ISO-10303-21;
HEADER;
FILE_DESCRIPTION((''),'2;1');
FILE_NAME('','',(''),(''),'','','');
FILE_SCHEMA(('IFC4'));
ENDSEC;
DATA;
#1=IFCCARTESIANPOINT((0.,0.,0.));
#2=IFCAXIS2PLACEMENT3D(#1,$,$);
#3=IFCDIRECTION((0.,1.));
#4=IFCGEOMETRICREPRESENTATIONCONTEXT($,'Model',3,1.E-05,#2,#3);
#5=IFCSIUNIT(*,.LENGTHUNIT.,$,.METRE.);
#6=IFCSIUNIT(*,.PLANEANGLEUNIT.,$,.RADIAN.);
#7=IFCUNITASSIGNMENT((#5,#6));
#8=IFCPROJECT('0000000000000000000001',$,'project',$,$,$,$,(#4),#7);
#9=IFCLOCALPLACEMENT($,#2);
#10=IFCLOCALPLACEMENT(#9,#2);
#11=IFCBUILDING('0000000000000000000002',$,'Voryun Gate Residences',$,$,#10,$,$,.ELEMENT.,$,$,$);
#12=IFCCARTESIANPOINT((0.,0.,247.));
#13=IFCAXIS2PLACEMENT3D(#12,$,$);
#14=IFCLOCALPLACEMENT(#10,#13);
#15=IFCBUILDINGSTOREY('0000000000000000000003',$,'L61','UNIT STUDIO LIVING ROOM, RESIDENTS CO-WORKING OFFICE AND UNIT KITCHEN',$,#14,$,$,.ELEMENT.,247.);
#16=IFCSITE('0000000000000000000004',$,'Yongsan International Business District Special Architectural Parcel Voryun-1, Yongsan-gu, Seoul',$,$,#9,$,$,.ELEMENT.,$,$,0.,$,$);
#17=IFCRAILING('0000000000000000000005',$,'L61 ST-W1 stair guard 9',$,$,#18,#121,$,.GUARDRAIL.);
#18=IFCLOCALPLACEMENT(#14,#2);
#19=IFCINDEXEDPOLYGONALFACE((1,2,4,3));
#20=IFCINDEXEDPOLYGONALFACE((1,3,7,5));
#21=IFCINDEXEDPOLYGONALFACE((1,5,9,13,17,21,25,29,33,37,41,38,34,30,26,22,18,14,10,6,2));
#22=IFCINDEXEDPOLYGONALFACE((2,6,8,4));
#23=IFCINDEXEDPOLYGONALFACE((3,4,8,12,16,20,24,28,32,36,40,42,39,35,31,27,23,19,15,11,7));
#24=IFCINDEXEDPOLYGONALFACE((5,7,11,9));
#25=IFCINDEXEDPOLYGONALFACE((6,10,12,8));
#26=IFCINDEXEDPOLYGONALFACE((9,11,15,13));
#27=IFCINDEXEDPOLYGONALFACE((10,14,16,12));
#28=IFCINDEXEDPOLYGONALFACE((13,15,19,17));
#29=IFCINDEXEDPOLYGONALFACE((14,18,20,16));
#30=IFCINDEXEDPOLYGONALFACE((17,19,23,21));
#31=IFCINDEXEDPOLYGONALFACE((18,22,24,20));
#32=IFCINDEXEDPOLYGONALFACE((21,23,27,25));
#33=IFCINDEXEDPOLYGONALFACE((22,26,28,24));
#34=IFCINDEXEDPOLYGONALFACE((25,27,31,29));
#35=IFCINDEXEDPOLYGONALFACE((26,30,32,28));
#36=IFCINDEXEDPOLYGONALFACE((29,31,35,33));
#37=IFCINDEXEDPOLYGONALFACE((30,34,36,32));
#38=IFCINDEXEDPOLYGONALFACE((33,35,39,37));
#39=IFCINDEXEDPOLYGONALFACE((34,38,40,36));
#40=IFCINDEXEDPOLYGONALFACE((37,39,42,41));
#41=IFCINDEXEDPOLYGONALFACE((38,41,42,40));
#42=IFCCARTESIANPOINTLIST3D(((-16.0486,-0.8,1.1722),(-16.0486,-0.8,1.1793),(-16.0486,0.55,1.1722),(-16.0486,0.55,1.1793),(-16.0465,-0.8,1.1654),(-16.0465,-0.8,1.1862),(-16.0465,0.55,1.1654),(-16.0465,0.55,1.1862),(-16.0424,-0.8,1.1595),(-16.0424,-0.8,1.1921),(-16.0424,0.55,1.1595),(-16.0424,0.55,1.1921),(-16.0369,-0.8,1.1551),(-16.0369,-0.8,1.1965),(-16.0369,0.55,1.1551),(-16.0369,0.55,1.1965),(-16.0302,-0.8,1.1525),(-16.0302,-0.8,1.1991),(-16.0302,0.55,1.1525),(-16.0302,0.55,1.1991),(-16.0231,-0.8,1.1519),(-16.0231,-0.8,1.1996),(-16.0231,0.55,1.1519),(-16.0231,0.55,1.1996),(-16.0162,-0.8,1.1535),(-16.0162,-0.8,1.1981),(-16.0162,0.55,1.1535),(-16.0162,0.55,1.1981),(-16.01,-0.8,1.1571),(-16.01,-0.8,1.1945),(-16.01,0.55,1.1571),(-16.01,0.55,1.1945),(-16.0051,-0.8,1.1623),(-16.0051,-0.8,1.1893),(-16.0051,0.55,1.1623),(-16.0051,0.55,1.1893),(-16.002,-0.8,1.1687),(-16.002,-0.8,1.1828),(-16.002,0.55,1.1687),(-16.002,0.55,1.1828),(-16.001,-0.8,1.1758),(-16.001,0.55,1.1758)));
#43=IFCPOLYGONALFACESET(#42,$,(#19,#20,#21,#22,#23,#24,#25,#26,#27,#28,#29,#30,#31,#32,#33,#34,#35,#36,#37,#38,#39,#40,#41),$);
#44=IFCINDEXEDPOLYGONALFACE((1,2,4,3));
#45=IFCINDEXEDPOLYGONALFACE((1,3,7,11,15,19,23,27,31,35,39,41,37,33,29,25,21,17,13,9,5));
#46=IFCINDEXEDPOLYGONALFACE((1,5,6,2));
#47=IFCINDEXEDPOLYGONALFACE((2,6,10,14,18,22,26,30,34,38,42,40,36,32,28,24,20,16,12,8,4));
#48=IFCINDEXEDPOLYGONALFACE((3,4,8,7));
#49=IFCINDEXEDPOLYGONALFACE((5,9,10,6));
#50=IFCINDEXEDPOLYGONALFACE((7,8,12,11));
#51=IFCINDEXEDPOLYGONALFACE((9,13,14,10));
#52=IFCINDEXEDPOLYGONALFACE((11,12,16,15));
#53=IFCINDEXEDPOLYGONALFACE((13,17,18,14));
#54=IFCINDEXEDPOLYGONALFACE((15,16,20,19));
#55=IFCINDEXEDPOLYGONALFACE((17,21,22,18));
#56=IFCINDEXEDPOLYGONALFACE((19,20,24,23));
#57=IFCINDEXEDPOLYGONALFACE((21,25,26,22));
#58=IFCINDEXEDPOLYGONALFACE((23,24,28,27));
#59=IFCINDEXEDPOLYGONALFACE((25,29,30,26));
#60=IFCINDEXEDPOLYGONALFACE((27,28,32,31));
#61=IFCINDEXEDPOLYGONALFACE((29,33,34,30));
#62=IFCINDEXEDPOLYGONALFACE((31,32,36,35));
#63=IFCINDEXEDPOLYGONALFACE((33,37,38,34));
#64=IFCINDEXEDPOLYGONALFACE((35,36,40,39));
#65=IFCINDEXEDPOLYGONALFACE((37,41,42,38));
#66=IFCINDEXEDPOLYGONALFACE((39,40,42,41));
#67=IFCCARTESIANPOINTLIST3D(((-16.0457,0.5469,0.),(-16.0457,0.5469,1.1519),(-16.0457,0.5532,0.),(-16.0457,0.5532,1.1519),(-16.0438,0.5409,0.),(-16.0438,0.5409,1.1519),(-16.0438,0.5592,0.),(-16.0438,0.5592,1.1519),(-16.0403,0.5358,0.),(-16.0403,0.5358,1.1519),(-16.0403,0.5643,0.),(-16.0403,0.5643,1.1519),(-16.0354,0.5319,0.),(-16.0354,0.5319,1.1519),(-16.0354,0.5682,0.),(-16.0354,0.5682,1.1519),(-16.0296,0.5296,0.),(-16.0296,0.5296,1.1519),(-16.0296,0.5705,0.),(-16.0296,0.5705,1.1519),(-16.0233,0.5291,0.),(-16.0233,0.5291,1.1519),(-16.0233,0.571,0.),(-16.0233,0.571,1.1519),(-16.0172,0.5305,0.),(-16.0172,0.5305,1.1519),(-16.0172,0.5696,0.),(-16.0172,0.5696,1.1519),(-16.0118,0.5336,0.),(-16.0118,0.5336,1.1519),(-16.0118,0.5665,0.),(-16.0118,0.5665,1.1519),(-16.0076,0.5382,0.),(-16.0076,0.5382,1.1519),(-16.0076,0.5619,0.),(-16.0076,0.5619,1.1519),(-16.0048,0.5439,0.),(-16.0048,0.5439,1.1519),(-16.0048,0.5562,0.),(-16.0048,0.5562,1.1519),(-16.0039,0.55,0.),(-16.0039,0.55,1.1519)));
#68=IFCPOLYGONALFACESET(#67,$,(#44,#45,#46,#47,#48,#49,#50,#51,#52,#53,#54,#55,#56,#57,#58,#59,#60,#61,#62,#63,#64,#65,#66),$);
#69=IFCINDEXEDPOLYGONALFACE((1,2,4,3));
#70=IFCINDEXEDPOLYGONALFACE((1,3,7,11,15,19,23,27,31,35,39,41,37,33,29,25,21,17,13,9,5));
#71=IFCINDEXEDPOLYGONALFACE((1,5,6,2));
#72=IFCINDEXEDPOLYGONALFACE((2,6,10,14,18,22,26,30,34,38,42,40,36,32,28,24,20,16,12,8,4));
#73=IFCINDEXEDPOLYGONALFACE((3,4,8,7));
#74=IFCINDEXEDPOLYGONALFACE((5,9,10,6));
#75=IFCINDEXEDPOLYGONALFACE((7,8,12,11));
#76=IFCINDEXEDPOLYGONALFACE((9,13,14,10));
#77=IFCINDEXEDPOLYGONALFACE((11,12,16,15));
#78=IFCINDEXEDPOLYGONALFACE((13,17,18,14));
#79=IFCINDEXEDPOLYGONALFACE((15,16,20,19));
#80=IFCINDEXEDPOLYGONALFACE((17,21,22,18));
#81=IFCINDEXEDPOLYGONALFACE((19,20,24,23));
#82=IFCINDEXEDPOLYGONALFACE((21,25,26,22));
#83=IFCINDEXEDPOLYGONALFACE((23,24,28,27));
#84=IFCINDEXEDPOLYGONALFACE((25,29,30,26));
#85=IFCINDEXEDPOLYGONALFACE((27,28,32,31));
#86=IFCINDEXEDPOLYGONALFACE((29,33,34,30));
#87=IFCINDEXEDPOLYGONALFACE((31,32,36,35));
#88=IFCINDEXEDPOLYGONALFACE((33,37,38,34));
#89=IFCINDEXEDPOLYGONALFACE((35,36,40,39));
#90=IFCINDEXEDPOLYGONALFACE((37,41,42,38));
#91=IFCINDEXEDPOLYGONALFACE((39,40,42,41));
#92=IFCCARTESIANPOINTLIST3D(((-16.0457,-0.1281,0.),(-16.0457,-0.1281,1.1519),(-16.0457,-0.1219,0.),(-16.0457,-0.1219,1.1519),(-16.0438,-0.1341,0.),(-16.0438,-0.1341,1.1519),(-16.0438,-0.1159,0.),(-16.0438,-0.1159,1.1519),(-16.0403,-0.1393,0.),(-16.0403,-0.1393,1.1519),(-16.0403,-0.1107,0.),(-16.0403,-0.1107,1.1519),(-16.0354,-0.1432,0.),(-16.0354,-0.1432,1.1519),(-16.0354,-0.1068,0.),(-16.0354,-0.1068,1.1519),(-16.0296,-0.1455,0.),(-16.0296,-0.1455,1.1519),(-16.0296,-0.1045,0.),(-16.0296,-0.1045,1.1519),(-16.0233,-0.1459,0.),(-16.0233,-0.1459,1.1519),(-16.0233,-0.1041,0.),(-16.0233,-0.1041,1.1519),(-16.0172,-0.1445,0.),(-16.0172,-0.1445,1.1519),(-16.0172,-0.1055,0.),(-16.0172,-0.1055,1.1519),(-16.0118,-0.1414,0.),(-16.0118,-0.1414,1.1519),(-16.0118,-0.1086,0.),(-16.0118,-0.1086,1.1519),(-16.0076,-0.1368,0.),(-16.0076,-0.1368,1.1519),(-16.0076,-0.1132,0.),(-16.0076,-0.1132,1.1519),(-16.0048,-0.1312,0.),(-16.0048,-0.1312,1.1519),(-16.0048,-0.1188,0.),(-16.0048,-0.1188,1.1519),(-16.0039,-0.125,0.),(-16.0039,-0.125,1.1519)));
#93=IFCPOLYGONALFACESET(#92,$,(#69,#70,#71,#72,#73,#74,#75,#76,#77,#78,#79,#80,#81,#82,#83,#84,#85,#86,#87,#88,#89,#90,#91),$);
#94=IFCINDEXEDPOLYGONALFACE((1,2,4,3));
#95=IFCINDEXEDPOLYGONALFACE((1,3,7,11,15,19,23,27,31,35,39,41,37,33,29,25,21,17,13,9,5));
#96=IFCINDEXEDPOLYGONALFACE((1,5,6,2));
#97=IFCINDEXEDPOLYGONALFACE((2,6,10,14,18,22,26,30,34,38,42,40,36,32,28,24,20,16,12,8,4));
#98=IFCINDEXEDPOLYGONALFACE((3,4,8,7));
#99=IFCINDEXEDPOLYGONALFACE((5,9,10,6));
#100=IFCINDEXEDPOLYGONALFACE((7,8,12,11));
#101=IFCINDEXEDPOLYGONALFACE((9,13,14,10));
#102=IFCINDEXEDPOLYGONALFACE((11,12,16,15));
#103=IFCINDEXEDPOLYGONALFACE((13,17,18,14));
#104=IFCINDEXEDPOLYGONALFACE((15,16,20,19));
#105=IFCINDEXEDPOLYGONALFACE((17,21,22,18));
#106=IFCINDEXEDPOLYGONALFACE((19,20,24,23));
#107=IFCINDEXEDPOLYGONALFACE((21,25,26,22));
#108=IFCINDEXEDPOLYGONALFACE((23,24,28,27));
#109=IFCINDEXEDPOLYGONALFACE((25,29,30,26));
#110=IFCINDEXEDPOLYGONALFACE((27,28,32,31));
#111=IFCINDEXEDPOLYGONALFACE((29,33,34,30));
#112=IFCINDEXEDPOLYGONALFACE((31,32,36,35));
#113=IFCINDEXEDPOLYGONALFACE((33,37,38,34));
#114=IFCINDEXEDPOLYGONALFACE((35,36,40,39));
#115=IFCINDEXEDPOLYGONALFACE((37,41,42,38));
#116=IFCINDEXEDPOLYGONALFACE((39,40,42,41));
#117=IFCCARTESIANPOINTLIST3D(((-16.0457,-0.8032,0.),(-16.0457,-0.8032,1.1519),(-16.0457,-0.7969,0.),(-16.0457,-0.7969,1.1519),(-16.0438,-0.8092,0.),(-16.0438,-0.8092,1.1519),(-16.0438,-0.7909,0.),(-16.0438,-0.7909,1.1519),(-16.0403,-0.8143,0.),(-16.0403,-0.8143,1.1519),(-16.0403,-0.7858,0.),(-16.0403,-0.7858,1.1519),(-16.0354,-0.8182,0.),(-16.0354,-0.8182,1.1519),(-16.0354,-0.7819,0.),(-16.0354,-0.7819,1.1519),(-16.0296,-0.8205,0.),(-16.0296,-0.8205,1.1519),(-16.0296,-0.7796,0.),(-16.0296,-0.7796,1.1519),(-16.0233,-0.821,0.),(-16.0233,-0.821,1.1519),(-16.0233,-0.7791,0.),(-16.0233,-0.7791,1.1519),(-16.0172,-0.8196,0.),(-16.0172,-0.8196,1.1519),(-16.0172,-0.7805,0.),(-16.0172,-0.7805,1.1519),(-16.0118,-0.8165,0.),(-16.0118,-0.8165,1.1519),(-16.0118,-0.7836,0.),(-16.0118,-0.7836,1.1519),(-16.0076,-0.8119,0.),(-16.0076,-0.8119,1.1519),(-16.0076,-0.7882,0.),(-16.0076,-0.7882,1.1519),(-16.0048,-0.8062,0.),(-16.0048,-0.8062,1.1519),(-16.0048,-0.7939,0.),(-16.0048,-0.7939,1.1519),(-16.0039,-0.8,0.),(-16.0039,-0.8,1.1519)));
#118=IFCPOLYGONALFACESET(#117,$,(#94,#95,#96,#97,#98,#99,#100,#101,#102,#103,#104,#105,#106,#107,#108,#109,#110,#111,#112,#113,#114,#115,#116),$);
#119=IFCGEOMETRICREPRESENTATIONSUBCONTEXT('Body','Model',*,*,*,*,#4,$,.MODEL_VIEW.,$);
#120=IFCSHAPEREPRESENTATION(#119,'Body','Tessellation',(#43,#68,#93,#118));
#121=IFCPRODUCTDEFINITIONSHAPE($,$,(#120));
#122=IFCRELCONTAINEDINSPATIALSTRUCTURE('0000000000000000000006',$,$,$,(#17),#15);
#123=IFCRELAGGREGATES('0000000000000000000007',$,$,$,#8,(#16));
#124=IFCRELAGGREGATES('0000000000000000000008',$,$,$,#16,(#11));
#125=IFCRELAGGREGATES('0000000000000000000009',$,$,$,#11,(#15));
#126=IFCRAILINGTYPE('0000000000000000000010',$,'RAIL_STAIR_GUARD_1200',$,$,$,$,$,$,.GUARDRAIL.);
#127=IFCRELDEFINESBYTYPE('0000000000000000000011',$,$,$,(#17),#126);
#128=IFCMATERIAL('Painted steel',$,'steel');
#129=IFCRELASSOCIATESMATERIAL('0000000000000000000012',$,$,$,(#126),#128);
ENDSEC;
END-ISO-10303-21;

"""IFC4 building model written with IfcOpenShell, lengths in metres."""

from ifc_helpers import new_model, si_unit, direction, frame, origin, origin_2d, place, context, subcontext, project, spatial, circle, extrude, material, type_object, element, save


model = new_model("IFC4")

# Units and contexts
model_context = context("Model", 3, precision=1e-05, world=origin(), true_north=direction((0.0, 1.0)))
body_context = subcontext(model_context, "Body", "Model", "MODEL_VIEW")
ifc_project = project(units=[si_unit("LENGTHUNIT", "METRE"), si_unit("PLANEANGLEUNIT", "RADIAN")], contexts=[model_context])

# Site, building, storey
site_placement = place(None, origin())
site = spatial("IfcSite", under=ifc_project, at=site_placement, Name="Yongsan International Business District Special Architectural Parcel Voryun-1, Yongsan-gu, Seoul", CompositionType="ELEMENT", RefElevation=0.0)
building_placement = place(site_placement, origin())
building = spatial("IfcBuilding", under=site, at=building_placement, Name="Voryun Gate Residences", CompositionType="ELEMENT")
storey_placement = place(building_placement, frame((0.0, 0.0, 247.0)))
storey = spatial("IfcBuildingStorey", under=building, at=storey_placement, Name="L61", Description="UNIT STUDIO LIVING ROOM, RESIDENTS CO-WORKING OFFICE AND UNIT KITCHEN", CompositionType="ELEMENT", Elevation=247.0)

# Railing
ifc_material_1 = material(Name="Painted steel", Category="steel")
railing_type = type_object("IfcRailingType", Name="RAIL_STAIR_GUARD_1200", PredefinedType="GUARDRAIL", material=ifc_material_1)
railing_1_placement = place(storey_placement, frame((-16.0249, 0.55, 0.0)))
element("IfcRailing", 1, at=railing_1_placement, inside=storey, type_object=railing_type, Name="L61 ST-W1 stair guard 9", PredefinedType="GUARDRAIL", context=body_context, shape_type="SweptSolid", body=[
    extrude(circle(Radius=0.0239, at=origin_2d()), frame((0.0, 0.0, 1.1758), z_axis=(0.0, -1.0, 0.0), x_axis=(1.0, 0.0, 0.0)), (0.0, 0.0, 1.0), 1.3501),
    extrude(circle(Radius=0.021, at=origin_2d()), origin(), (0.0, 0.0, 1.0), 1.1519),
    extrude(circle(Radius=0.021, at=origin_2d()), frame((0.0, -0.675, 0.0)), (0.0, 0.0, 1.0), 1.1519),
    extrude(circle(Radius=0.021, at=origin_2d()), frame((0.0, -1.3501, 0.0)), (0.0, 0.0, 1.0), 1.1519),
])

save(model, "model.ifc")
